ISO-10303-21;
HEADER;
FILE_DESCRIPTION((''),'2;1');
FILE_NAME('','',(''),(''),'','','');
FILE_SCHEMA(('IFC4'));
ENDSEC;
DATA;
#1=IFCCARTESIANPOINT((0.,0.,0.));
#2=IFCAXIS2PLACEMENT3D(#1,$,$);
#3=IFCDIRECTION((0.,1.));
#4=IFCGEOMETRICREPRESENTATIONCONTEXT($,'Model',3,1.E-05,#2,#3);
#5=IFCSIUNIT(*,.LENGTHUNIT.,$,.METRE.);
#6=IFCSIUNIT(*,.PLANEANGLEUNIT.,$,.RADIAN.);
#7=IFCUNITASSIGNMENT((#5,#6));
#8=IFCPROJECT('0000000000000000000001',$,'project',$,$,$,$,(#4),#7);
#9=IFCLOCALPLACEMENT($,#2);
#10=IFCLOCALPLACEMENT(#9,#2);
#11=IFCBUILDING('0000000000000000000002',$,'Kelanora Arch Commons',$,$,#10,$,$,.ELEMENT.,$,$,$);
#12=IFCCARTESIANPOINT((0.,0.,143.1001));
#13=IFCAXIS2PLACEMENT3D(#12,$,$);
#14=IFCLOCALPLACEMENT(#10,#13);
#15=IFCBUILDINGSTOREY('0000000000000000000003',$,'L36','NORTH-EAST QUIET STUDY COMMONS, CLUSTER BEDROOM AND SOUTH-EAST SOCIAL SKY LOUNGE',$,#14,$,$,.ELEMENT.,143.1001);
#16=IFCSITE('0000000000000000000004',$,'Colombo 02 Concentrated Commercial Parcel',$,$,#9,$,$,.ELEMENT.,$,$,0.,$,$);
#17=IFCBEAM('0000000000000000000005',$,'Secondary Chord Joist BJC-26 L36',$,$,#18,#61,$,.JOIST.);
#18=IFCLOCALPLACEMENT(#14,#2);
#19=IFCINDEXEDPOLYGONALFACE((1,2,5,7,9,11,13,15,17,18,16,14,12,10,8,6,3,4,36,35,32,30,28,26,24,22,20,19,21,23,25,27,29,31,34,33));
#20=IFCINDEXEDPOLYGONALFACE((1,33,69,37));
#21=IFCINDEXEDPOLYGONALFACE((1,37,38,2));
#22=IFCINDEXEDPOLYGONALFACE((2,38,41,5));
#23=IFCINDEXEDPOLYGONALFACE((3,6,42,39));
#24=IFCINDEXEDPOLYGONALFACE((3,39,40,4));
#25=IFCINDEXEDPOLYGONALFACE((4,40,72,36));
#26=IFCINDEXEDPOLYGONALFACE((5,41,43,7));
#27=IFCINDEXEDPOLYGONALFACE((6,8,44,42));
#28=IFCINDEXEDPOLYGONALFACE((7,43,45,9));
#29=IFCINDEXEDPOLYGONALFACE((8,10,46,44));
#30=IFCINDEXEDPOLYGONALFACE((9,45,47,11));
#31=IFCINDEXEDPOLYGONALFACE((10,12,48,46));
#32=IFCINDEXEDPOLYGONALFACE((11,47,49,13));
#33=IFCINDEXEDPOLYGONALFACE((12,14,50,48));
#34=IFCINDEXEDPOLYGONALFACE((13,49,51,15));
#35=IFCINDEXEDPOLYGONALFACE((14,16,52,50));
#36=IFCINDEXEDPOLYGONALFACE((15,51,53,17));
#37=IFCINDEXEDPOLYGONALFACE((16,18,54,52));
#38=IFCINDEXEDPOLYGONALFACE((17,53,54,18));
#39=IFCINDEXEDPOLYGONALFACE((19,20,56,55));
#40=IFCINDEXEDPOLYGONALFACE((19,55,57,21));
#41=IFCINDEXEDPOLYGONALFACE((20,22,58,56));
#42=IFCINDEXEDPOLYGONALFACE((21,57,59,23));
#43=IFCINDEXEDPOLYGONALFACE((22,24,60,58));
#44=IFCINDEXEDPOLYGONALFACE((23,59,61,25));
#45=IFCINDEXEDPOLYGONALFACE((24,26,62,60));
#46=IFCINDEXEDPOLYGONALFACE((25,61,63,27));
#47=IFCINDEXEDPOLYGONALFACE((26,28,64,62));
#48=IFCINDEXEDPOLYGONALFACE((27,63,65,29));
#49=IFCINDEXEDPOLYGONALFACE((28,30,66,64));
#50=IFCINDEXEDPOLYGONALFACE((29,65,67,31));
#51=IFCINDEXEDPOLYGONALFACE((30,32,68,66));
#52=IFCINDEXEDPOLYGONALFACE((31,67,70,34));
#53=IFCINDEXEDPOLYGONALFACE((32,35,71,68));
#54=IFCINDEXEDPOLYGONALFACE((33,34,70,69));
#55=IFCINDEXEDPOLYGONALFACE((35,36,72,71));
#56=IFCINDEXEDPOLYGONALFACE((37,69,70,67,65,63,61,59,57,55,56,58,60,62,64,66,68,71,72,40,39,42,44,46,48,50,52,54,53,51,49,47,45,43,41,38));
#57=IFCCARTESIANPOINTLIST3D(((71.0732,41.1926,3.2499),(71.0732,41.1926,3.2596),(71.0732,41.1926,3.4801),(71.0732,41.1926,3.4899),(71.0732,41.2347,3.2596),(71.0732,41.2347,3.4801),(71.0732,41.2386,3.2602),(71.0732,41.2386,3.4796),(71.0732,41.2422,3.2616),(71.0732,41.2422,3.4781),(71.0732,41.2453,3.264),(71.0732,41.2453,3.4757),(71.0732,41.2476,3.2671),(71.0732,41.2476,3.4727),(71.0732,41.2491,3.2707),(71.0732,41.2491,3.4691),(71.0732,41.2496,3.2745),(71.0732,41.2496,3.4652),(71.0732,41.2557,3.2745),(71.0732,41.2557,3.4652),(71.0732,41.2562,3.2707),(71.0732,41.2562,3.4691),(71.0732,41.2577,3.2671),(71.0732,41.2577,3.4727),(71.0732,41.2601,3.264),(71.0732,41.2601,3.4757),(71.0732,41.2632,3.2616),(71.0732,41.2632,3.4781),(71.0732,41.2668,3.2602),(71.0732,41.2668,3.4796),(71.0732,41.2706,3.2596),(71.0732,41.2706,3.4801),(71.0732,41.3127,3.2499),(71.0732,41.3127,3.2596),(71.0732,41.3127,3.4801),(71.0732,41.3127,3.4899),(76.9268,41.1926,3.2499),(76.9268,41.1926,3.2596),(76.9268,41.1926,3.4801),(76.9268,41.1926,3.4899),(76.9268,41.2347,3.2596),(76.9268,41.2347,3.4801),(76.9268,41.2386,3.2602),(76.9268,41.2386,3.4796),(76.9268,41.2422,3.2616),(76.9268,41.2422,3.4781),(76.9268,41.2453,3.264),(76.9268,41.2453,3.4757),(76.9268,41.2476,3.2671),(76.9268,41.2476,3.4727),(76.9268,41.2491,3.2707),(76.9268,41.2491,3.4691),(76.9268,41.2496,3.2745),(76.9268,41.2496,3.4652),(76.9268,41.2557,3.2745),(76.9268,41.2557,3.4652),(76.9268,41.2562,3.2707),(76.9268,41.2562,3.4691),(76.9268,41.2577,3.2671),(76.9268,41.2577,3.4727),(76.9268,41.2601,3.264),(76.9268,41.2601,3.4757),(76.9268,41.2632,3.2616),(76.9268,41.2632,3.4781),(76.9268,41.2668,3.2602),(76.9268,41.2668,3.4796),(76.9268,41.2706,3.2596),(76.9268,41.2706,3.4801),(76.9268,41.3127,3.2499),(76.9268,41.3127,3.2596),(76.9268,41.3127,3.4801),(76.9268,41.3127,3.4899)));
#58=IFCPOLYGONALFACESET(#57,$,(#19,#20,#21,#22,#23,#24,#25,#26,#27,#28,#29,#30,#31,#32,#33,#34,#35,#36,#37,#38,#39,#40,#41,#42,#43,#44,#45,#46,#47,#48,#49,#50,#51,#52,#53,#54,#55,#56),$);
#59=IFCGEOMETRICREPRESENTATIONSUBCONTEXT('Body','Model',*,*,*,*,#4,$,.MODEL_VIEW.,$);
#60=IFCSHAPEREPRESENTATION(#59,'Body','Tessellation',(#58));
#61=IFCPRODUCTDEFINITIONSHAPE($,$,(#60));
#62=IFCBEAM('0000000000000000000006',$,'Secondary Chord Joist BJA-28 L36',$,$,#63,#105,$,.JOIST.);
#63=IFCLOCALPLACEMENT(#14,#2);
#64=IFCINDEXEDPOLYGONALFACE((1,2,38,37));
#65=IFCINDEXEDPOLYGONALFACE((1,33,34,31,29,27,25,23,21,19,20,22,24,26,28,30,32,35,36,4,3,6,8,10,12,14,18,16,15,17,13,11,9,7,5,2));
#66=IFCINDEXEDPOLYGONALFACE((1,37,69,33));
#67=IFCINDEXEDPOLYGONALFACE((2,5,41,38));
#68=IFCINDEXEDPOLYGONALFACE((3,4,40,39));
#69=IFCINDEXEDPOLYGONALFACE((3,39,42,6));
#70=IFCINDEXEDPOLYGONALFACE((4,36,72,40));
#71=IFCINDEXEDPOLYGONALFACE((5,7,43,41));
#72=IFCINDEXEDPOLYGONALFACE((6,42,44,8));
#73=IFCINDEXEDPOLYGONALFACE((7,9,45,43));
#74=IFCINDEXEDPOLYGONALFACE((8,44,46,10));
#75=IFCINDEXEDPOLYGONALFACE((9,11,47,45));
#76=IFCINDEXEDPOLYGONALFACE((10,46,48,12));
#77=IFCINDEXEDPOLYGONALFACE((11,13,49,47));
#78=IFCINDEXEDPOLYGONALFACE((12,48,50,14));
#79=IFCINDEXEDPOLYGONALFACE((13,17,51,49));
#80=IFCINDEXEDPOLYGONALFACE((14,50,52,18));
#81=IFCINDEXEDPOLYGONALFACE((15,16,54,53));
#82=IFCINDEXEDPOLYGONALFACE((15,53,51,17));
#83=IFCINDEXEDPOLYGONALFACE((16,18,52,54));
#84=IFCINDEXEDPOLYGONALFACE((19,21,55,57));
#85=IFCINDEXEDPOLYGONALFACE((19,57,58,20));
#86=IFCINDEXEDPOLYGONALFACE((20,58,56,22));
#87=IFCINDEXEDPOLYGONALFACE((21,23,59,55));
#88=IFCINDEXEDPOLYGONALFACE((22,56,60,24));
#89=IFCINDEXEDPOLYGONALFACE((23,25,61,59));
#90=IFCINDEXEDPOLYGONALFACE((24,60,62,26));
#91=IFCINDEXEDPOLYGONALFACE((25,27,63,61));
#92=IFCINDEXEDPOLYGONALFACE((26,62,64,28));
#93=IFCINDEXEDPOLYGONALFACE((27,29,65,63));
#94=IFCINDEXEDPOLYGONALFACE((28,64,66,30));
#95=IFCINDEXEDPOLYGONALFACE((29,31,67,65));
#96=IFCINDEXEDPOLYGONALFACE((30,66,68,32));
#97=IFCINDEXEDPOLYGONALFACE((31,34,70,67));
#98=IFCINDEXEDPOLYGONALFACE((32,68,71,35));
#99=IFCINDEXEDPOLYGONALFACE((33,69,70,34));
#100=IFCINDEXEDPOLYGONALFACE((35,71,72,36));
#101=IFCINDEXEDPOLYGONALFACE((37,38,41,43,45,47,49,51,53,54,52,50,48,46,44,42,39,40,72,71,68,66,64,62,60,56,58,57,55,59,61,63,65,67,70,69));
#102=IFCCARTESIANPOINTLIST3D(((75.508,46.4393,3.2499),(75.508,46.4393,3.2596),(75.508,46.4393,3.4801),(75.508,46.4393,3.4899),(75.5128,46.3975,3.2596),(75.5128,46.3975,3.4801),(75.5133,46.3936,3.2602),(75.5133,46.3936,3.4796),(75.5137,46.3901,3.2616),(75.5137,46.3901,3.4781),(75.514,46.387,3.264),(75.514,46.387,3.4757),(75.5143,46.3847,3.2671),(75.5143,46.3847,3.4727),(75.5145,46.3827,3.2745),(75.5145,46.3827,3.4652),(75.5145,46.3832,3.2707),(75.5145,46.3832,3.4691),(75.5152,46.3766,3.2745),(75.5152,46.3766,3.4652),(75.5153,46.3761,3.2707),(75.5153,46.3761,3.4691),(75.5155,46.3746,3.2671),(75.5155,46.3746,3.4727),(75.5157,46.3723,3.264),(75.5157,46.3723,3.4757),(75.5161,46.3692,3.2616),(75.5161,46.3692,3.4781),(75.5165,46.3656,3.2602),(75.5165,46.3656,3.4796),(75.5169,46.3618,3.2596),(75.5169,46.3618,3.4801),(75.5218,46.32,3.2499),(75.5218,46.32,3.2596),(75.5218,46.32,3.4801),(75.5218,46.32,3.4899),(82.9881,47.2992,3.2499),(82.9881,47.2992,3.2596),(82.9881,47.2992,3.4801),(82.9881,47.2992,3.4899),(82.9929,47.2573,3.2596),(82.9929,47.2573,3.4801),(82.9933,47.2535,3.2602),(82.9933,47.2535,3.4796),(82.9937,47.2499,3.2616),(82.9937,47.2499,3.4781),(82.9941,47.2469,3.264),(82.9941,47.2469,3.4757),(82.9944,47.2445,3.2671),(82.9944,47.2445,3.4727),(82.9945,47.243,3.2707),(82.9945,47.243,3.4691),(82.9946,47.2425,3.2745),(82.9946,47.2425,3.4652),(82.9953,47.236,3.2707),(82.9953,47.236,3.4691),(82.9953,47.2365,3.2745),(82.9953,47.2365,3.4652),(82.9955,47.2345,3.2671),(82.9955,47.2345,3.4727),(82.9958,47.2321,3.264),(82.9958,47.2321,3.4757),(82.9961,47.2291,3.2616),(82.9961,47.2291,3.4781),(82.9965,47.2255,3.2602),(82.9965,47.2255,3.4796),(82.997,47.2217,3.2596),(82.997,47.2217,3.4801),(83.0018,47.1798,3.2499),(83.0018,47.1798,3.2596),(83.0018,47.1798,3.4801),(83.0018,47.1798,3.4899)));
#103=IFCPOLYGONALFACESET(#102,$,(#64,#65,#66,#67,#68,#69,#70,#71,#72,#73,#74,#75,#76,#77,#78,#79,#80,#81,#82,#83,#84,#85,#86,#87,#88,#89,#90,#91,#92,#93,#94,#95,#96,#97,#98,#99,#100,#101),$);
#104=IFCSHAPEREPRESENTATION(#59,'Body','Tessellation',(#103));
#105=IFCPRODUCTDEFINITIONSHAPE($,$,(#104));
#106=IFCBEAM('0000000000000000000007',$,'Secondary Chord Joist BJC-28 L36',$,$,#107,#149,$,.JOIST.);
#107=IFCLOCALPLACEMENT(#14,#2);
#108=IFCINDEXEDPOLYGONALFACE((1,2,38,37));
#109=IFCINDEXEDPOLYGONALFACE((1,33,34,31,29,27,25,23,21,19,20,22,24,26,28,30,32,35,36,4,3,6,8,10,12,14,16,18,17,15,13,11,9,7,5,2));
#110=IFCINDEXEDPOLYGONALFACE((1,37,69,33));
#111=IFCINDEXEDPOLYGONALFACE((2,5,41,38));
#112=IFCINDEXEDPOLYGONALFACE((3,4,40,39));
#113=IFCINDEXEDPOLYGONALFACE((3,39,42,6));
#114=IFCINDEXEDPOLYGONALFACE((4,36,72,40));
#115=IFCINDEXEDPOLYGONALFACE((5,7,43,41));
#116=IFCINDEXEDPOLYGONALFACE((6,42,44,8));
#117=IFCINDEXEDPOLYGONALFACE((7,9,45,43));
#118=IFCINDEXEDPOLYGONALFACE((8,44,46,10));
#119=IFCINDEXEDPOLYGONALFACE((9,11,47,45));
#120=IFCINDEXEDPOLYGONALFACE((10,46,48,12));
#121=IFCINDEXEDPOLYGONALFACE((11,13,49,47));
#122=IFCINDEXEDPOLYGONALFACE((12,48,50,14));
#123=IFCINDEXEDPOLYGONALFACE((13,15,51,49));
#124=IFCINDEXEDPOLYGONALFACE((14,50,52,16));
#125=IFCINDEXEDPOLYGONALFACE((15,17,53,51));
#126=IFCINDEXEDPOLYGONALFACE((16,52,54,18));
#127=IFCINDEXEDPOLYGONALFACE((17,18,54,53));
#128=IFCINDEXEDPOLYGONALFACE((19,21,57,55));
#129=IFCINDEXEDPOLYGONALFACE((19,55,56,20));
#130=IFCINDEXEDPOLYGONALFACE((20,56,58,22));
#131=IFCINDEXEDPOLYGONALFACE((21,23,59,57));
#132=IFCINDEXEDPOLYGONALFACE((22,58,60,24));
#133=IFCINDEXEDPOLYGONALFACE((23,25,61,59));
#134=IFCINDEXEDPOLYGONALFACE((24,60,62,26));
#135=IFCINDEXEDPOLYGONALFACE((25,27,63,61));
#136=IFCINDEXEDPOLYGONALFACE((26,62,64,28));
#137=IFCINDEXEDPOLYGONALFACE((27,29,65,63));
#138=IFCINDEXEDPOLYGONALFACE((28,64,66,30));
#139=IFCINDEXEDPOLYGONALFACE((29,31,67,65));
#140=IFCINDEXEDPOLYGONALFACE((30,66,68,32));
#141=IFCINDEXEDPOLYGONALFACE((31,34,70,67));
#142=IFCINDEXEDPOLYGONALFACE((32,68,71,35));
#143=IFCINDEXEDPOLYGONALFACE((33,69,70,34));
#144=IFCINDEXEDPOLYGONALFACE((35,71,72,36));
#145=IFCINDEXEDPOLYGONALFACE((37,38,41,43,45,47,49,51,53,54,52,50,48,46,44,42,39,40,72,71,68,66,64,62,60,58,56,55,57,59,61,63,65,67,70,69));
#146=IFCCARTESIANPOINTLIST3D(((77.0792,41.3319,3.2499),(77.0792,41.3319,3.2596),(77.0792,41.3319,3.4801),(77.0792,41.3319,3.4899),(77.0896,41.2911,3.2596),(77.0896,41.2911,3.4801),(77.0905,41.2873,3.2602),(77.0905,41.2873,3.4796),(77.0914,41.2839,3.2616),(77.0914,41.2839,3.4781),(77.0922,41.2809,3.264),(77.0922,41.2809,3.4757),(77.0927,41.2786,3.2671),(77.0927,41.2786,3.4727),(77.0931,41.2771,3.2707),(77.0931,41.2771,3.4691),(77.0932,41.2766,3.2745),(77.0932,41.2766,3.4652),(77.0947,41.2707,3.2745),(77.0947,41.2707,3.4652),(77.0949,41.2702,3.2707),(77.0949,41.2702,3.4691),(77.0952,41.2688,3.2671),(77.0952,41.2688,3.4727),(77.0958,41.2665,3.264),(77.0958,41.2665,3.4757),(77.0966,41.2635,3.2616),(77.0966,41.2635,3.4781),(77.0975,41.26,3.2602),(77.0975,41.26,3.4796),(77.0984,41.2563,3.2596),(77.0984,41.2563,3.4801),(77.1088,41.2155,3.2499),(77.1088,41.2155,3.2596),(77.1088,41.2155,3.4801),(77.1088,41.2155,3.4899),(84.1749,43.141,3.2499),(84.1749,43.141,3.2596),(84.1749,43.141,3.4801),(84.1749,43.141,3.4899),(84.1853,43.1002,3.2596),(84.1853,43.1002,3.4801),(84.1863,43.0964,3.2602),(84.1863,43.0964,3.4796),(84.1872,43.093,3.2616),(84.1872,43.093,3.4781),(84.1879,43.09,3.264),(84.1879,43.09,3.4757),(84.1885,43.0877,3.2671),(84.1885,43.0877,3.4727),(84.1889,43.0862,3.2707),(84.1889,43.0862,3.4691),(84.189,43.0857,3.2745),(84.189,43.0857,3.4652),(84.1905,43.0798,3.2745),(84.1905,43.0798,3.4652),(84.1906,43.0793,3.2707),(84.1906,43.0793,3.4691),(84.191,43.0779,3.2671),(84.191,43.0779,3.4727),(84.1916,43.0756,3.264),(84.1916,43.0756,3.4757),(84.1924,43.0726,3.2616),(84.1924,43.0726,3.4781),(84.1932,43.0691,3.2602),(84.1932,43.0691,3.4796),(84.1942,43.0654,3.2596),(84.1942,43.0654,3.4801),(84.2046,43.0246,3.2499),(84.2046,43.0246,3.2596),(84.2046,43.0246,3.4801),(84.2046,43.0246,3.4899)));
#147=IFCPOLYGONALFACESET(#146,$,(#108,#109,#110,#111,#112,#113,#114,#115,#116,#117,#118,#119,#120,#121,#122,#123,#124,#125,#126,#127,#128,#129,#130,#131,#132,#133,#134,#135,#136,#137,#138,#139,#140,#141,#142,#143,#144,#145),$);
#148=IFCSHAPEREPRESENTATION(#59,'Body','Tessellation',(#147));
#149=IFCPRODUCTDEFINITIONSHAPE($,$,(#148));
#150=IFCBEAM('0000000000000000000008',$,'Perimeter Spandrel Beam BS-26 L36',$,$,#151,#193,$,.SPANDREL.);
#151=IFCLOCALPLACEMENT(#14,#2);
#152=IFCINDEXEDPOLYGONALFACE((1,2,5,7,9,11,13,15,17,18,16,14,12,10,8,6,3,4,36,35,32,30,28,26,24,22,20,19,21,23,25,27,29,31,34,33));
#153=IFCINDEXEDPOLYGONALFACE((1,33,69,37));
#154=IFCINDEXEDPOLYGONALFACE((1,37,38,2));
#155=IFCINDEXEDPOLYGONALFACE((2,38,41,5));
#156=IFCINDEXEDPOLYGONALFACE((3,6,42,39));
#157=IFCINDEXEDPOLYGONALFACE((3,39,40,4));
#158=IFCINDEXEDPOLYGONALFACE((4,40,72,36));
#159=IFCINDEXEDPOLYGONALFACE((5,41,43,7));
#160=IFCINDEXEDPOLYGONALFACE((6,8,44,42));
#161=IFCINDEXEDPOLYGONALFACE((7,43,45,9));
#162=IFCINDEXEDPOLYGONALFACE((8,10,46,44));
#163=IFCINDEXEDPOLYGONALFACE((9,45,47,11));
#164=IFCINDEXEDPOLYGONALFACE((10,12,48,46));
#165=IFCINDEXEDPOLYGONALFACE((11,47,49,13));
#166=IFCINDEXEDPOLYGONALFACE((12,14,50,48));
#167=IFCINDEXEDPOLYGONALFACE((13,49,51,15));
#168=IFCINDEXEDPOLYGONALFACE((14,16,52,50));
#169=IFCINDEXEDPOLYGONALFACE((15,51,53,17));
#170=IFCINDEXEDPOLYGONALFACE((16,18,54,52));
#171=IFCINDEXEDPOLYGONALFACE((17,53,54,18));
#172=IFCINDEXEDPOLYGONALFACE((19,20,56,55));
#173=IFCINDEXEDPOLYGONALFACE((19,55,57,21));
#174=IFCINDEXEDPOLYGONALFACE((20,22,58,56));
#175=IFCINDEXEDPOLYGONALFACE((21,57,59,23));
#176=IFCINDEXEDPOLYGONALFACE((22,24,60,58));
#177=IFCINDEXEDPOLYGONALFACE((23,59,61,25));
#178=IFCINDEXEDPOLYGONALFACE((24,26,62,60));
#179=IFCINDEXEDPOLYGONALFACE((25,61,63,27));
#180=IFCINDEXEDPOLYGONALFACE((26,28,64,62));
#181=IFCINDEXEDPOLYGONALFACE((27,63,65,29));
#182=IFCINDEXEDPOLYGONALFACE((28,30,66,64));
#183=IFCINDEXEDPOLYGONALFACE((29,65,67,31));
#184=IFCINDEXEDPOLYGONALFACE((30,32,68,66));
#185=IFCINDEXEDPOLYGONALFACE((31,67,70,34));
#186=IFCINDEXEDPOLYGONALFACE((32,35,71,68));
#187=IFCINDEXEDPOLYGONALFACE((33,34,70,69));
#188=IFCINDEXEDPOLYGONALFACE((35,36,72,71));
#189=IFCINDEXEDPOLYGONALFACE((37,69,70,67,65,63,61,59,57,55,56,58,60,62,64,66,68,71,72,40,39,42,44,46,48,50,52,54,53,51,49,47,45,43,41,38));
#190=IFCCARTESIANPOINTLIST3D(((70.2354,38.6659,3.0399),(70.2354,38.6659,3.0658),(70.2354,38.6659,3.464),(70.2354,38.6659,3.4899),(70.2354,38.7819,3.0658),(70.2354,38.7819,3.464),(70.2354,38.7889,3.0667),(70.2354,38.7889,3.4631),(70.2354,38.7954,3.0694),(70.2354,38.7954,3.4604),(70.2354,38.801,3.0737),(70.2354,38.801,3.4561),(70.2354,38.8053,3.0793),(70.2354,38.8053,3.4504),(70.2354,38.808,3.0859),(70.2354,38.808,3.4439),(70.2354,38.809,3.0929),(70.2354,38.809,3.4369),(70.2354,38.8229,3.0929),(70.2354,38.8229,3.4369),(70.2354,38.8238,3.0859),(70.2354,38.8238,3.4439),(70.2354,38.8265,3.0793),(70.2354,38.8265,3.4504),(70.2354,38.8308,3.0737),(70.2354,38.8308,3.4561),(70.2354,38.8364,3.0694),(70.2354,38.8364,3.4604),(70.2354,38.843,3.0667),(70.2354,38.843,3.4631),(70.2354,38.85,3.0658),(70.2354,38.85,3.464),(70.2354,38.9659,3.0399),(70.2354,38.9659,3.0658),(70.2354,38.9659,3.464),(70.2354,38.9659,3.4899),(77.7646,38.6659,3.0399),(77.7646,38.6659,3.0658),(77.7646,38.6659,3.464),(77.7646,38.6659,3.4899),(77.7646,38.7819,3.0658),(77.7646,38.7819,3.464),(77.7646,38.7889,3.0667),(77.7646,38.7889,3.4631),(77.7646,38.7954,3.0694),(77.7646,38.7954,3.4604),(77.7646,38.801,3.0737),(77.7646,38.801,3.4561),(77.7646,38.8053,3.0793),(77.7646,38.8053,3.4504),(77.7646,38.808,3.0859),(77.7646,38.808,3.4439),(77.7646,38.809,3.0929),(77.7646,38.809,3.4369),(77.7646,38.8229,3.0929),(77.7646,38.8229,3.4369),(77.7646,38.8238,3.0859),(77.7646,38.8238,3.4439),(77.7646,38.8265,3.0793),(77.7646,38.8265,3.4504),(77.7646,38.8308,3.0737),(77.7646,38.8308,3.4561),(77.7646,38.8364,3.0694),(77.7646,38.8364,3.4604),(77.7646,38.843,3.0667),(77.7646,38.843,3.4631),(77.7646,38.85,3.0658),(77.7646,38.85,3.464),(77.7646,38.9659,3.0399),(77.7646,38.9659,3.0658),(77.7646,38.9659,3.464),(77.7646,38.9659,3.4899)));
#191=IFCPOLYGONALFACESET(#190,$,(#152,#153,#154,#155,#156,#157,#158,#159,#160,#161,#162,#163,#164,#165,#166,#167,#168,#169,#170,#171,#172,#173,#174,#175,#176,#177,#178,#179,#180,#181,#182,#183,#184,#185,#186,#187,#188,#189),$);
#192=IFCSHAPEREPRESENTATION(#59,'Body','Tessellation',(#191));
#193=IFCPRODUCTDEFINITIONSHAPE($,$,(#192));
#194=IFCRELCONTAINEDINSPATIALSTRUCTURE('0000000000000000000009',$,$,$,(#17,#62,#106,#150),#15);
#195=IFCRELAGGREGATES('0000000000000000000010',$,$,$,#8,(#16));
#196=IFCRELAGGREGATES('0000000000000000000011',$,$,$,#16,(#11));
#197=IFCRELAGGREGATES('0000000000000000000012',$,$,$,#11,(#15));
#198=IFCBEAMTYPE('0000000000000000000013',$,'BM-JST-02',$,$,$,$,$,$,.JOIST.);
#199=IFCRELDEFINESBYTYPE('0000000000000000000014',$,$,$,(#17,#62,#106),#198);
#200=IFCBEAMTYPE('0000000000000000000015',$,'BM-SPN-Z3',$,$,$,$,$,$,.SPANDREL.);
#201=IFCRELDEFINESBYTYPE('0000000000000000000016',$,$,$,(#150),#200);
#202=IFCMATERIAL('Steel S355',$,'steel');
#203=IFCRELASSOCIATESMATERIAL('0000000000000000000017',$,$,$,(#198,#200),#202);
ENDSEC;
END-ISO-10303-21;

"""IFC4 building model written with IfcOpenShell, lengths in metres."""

from ifc_helpers import new_model, si_unit, direction, frame, origin, origin_2d, place, context, subcontext, project, spatial, i_section, extrude, material, material_profile, profile_set, type_object, element, save


model = new_model("IFC4")

# Units and contexts
model_context = context("Model", 3, precision=1e-05, world=origin(), true_north=direction((0.0, 1.0)))
body_context = subcontext(model_context, "Body", "Model", "MODEL_VIEW")
ifc_project = project(units=[si_unit("LENGTHUNIT", "METRE"), si_unit("PLANEANGLEUNIT", "RADIAN")], contexts=[model_context])

# Site, building, storey
site_placement = place(None, origin())
site = spatial("IfcSite", under=ifc_project, at=site_placement, Name="Colombo 02 Concentrated Commercial Parcel", CompositionType="ELEMENT", RefElevation=0.0)
building_placement = place(site_placement, origin())
building = spatial("IfcBuilding", under=site, at=building_placement, Name="Kelanora Arch Commons", CompositionType="ELEMENT")
storey_placement = place(building_placement, frame((0.0, 0.0, 143.1001)))
storey = spatial("IfcBuildingStorey", under=building, at=storey_placement, Name="L36", Description="NORTH-EAST QUIET STUDY COMMONS, CLUSTER BEDROOM AND SOUTH-EAST SOCIAL SKY LOUNGE", CompositionType="ELEMENT", Elevation=143.1001)

# Beams
ifc_material_1 = material(Name="Steel S355", Category="steel")
ifc_material_profile_1 = material_profile(ifc_material_1, i_section(OverallWidth=0.1201, OverallDepth=0.24, WebThickness=0.0061, FlangeThickness=0.0098, FilletRadius=0.0149, at=origin_2d()), Name="IPE240")
ifc_profile_set_1 = profile_set([ifc_material_profile_1], Name="Steel S355")
beam_type_1 = type_object("IfcBeamType", Name="BM-JST-02", PredefinedType="JOIST", material=ifc_profile_set_1)
beam_1_placement = place(storey_placement, frame((71.0732, 41.2527, 3.3699), z_axis=(1.0, 0.0, 0.0), x_axis=(0.0, 1.0, 0.0)))
element("IfcBeam", 1, at=beam_1_placement, inside=storey, type_object=beam_type_1, Name="Secondary Chord Joist BJC-26 L36", PredefinedType="JOIST", context=body_context, shape_type="SweptSolid", body=[
    extrude(i_section(OverallWidth=0.1201, OverallDepth=0.24, WebThickness=0.0061, FlangeThickness=0.0098, FilletRadius=0.0149, at=origin_2d()), origin(), (0.0, 0.0, 1.0), 5.8535),
])
beam_2_placement = place(storey_placement, frame((75.5149, 46.3796, 3.3699), z_axis=(0.993457, 0.114203, 0.0), x_axis=(-0.114203, 0.993457, 0.0)))
element("IfcBeam", 2, at=beam_2_placement, inside=storey, type_object=beam_type_1, Name="Secondary Chord Joist BJA-28 L36", PredefinedType="JOIST", context=body_context, shape_type="SweptSolid", body=[
    extrude(i_section(OverallWidth=0.1201, OverallDepth=0.24, WebThickness=0.0061, FlangeThickness=0.0098, FilletRadius=0.0149, at=origin_2d()), origin(), (0.0, 0.0, 1.0), 7.5293),
])
beam_3_placement = place(storey_placement, frame((77.094, 41.2737, 3.3699), z_axis=(0.969002, 0.247052, 0.0), x_axis=(-0.247052, 0.969002, 0.0)))
element("IfcBeam", 3, at=beam_3_placement, inside=storey, type_object=beam_type_1, Name="Secondary Chord Joist BJC-28 L36", PredefinedType="JOIST", context=body_context, shape_type="SweptSolid", body=[
    extrude(i_section(OverallWidth=0.1201, OverallDepth=0.24, WebThickness=0.0061, FlangeThickness=0.0098, FilletRadius=0.0149, at=origin_2d()), origin(), (0.0, 0.0, 1.0), 7.3228),
])
ifc_material_profile_2 = material_profile(ifc_material_1, i_section(OverallWidth=0.3, OverallDepth=0.45, WebThickness=0.0139, FlangeThickness=0.0259, FilletRadius=0.0271, at=origin_2d()), Name="HEB450")
ifc_profile_set_2 = profile_set([ifc_material_profile_2], Name="Steel S355")
beam_type_2 = type_object("IfcBeamType", Name="BM-SPN-Z3", PredefinedType="SPANDREL", material=ifc_profile_set_2)
beam_4_placement = place(storey_placement, frame((70.2354, 38.8159, 3.2649), z_axis=(1.0, 0.0, 0.0), x_axis=(0.0, 1.0, 0.0)))
element("IfcBeam", 4, at=beam_4_placement, inside=storey, type_object=beam_type_2, Name="Perimeter Spandrel Beam BS-26 L36", PredefinedType="SPANDREL", context=body_context, shape_type="SweptSolid", body=[
    extrude(i_section(OverallWidth=0.3, OverallDepth=0.45, WebThickness=0.0139, FlangeThickness=0.0259, FilletRadius=0.0271, at=origin_2d()), origin(), (0.0, 0.0, 1.0), 7.5293),
])

save(model, "model.ifc")
